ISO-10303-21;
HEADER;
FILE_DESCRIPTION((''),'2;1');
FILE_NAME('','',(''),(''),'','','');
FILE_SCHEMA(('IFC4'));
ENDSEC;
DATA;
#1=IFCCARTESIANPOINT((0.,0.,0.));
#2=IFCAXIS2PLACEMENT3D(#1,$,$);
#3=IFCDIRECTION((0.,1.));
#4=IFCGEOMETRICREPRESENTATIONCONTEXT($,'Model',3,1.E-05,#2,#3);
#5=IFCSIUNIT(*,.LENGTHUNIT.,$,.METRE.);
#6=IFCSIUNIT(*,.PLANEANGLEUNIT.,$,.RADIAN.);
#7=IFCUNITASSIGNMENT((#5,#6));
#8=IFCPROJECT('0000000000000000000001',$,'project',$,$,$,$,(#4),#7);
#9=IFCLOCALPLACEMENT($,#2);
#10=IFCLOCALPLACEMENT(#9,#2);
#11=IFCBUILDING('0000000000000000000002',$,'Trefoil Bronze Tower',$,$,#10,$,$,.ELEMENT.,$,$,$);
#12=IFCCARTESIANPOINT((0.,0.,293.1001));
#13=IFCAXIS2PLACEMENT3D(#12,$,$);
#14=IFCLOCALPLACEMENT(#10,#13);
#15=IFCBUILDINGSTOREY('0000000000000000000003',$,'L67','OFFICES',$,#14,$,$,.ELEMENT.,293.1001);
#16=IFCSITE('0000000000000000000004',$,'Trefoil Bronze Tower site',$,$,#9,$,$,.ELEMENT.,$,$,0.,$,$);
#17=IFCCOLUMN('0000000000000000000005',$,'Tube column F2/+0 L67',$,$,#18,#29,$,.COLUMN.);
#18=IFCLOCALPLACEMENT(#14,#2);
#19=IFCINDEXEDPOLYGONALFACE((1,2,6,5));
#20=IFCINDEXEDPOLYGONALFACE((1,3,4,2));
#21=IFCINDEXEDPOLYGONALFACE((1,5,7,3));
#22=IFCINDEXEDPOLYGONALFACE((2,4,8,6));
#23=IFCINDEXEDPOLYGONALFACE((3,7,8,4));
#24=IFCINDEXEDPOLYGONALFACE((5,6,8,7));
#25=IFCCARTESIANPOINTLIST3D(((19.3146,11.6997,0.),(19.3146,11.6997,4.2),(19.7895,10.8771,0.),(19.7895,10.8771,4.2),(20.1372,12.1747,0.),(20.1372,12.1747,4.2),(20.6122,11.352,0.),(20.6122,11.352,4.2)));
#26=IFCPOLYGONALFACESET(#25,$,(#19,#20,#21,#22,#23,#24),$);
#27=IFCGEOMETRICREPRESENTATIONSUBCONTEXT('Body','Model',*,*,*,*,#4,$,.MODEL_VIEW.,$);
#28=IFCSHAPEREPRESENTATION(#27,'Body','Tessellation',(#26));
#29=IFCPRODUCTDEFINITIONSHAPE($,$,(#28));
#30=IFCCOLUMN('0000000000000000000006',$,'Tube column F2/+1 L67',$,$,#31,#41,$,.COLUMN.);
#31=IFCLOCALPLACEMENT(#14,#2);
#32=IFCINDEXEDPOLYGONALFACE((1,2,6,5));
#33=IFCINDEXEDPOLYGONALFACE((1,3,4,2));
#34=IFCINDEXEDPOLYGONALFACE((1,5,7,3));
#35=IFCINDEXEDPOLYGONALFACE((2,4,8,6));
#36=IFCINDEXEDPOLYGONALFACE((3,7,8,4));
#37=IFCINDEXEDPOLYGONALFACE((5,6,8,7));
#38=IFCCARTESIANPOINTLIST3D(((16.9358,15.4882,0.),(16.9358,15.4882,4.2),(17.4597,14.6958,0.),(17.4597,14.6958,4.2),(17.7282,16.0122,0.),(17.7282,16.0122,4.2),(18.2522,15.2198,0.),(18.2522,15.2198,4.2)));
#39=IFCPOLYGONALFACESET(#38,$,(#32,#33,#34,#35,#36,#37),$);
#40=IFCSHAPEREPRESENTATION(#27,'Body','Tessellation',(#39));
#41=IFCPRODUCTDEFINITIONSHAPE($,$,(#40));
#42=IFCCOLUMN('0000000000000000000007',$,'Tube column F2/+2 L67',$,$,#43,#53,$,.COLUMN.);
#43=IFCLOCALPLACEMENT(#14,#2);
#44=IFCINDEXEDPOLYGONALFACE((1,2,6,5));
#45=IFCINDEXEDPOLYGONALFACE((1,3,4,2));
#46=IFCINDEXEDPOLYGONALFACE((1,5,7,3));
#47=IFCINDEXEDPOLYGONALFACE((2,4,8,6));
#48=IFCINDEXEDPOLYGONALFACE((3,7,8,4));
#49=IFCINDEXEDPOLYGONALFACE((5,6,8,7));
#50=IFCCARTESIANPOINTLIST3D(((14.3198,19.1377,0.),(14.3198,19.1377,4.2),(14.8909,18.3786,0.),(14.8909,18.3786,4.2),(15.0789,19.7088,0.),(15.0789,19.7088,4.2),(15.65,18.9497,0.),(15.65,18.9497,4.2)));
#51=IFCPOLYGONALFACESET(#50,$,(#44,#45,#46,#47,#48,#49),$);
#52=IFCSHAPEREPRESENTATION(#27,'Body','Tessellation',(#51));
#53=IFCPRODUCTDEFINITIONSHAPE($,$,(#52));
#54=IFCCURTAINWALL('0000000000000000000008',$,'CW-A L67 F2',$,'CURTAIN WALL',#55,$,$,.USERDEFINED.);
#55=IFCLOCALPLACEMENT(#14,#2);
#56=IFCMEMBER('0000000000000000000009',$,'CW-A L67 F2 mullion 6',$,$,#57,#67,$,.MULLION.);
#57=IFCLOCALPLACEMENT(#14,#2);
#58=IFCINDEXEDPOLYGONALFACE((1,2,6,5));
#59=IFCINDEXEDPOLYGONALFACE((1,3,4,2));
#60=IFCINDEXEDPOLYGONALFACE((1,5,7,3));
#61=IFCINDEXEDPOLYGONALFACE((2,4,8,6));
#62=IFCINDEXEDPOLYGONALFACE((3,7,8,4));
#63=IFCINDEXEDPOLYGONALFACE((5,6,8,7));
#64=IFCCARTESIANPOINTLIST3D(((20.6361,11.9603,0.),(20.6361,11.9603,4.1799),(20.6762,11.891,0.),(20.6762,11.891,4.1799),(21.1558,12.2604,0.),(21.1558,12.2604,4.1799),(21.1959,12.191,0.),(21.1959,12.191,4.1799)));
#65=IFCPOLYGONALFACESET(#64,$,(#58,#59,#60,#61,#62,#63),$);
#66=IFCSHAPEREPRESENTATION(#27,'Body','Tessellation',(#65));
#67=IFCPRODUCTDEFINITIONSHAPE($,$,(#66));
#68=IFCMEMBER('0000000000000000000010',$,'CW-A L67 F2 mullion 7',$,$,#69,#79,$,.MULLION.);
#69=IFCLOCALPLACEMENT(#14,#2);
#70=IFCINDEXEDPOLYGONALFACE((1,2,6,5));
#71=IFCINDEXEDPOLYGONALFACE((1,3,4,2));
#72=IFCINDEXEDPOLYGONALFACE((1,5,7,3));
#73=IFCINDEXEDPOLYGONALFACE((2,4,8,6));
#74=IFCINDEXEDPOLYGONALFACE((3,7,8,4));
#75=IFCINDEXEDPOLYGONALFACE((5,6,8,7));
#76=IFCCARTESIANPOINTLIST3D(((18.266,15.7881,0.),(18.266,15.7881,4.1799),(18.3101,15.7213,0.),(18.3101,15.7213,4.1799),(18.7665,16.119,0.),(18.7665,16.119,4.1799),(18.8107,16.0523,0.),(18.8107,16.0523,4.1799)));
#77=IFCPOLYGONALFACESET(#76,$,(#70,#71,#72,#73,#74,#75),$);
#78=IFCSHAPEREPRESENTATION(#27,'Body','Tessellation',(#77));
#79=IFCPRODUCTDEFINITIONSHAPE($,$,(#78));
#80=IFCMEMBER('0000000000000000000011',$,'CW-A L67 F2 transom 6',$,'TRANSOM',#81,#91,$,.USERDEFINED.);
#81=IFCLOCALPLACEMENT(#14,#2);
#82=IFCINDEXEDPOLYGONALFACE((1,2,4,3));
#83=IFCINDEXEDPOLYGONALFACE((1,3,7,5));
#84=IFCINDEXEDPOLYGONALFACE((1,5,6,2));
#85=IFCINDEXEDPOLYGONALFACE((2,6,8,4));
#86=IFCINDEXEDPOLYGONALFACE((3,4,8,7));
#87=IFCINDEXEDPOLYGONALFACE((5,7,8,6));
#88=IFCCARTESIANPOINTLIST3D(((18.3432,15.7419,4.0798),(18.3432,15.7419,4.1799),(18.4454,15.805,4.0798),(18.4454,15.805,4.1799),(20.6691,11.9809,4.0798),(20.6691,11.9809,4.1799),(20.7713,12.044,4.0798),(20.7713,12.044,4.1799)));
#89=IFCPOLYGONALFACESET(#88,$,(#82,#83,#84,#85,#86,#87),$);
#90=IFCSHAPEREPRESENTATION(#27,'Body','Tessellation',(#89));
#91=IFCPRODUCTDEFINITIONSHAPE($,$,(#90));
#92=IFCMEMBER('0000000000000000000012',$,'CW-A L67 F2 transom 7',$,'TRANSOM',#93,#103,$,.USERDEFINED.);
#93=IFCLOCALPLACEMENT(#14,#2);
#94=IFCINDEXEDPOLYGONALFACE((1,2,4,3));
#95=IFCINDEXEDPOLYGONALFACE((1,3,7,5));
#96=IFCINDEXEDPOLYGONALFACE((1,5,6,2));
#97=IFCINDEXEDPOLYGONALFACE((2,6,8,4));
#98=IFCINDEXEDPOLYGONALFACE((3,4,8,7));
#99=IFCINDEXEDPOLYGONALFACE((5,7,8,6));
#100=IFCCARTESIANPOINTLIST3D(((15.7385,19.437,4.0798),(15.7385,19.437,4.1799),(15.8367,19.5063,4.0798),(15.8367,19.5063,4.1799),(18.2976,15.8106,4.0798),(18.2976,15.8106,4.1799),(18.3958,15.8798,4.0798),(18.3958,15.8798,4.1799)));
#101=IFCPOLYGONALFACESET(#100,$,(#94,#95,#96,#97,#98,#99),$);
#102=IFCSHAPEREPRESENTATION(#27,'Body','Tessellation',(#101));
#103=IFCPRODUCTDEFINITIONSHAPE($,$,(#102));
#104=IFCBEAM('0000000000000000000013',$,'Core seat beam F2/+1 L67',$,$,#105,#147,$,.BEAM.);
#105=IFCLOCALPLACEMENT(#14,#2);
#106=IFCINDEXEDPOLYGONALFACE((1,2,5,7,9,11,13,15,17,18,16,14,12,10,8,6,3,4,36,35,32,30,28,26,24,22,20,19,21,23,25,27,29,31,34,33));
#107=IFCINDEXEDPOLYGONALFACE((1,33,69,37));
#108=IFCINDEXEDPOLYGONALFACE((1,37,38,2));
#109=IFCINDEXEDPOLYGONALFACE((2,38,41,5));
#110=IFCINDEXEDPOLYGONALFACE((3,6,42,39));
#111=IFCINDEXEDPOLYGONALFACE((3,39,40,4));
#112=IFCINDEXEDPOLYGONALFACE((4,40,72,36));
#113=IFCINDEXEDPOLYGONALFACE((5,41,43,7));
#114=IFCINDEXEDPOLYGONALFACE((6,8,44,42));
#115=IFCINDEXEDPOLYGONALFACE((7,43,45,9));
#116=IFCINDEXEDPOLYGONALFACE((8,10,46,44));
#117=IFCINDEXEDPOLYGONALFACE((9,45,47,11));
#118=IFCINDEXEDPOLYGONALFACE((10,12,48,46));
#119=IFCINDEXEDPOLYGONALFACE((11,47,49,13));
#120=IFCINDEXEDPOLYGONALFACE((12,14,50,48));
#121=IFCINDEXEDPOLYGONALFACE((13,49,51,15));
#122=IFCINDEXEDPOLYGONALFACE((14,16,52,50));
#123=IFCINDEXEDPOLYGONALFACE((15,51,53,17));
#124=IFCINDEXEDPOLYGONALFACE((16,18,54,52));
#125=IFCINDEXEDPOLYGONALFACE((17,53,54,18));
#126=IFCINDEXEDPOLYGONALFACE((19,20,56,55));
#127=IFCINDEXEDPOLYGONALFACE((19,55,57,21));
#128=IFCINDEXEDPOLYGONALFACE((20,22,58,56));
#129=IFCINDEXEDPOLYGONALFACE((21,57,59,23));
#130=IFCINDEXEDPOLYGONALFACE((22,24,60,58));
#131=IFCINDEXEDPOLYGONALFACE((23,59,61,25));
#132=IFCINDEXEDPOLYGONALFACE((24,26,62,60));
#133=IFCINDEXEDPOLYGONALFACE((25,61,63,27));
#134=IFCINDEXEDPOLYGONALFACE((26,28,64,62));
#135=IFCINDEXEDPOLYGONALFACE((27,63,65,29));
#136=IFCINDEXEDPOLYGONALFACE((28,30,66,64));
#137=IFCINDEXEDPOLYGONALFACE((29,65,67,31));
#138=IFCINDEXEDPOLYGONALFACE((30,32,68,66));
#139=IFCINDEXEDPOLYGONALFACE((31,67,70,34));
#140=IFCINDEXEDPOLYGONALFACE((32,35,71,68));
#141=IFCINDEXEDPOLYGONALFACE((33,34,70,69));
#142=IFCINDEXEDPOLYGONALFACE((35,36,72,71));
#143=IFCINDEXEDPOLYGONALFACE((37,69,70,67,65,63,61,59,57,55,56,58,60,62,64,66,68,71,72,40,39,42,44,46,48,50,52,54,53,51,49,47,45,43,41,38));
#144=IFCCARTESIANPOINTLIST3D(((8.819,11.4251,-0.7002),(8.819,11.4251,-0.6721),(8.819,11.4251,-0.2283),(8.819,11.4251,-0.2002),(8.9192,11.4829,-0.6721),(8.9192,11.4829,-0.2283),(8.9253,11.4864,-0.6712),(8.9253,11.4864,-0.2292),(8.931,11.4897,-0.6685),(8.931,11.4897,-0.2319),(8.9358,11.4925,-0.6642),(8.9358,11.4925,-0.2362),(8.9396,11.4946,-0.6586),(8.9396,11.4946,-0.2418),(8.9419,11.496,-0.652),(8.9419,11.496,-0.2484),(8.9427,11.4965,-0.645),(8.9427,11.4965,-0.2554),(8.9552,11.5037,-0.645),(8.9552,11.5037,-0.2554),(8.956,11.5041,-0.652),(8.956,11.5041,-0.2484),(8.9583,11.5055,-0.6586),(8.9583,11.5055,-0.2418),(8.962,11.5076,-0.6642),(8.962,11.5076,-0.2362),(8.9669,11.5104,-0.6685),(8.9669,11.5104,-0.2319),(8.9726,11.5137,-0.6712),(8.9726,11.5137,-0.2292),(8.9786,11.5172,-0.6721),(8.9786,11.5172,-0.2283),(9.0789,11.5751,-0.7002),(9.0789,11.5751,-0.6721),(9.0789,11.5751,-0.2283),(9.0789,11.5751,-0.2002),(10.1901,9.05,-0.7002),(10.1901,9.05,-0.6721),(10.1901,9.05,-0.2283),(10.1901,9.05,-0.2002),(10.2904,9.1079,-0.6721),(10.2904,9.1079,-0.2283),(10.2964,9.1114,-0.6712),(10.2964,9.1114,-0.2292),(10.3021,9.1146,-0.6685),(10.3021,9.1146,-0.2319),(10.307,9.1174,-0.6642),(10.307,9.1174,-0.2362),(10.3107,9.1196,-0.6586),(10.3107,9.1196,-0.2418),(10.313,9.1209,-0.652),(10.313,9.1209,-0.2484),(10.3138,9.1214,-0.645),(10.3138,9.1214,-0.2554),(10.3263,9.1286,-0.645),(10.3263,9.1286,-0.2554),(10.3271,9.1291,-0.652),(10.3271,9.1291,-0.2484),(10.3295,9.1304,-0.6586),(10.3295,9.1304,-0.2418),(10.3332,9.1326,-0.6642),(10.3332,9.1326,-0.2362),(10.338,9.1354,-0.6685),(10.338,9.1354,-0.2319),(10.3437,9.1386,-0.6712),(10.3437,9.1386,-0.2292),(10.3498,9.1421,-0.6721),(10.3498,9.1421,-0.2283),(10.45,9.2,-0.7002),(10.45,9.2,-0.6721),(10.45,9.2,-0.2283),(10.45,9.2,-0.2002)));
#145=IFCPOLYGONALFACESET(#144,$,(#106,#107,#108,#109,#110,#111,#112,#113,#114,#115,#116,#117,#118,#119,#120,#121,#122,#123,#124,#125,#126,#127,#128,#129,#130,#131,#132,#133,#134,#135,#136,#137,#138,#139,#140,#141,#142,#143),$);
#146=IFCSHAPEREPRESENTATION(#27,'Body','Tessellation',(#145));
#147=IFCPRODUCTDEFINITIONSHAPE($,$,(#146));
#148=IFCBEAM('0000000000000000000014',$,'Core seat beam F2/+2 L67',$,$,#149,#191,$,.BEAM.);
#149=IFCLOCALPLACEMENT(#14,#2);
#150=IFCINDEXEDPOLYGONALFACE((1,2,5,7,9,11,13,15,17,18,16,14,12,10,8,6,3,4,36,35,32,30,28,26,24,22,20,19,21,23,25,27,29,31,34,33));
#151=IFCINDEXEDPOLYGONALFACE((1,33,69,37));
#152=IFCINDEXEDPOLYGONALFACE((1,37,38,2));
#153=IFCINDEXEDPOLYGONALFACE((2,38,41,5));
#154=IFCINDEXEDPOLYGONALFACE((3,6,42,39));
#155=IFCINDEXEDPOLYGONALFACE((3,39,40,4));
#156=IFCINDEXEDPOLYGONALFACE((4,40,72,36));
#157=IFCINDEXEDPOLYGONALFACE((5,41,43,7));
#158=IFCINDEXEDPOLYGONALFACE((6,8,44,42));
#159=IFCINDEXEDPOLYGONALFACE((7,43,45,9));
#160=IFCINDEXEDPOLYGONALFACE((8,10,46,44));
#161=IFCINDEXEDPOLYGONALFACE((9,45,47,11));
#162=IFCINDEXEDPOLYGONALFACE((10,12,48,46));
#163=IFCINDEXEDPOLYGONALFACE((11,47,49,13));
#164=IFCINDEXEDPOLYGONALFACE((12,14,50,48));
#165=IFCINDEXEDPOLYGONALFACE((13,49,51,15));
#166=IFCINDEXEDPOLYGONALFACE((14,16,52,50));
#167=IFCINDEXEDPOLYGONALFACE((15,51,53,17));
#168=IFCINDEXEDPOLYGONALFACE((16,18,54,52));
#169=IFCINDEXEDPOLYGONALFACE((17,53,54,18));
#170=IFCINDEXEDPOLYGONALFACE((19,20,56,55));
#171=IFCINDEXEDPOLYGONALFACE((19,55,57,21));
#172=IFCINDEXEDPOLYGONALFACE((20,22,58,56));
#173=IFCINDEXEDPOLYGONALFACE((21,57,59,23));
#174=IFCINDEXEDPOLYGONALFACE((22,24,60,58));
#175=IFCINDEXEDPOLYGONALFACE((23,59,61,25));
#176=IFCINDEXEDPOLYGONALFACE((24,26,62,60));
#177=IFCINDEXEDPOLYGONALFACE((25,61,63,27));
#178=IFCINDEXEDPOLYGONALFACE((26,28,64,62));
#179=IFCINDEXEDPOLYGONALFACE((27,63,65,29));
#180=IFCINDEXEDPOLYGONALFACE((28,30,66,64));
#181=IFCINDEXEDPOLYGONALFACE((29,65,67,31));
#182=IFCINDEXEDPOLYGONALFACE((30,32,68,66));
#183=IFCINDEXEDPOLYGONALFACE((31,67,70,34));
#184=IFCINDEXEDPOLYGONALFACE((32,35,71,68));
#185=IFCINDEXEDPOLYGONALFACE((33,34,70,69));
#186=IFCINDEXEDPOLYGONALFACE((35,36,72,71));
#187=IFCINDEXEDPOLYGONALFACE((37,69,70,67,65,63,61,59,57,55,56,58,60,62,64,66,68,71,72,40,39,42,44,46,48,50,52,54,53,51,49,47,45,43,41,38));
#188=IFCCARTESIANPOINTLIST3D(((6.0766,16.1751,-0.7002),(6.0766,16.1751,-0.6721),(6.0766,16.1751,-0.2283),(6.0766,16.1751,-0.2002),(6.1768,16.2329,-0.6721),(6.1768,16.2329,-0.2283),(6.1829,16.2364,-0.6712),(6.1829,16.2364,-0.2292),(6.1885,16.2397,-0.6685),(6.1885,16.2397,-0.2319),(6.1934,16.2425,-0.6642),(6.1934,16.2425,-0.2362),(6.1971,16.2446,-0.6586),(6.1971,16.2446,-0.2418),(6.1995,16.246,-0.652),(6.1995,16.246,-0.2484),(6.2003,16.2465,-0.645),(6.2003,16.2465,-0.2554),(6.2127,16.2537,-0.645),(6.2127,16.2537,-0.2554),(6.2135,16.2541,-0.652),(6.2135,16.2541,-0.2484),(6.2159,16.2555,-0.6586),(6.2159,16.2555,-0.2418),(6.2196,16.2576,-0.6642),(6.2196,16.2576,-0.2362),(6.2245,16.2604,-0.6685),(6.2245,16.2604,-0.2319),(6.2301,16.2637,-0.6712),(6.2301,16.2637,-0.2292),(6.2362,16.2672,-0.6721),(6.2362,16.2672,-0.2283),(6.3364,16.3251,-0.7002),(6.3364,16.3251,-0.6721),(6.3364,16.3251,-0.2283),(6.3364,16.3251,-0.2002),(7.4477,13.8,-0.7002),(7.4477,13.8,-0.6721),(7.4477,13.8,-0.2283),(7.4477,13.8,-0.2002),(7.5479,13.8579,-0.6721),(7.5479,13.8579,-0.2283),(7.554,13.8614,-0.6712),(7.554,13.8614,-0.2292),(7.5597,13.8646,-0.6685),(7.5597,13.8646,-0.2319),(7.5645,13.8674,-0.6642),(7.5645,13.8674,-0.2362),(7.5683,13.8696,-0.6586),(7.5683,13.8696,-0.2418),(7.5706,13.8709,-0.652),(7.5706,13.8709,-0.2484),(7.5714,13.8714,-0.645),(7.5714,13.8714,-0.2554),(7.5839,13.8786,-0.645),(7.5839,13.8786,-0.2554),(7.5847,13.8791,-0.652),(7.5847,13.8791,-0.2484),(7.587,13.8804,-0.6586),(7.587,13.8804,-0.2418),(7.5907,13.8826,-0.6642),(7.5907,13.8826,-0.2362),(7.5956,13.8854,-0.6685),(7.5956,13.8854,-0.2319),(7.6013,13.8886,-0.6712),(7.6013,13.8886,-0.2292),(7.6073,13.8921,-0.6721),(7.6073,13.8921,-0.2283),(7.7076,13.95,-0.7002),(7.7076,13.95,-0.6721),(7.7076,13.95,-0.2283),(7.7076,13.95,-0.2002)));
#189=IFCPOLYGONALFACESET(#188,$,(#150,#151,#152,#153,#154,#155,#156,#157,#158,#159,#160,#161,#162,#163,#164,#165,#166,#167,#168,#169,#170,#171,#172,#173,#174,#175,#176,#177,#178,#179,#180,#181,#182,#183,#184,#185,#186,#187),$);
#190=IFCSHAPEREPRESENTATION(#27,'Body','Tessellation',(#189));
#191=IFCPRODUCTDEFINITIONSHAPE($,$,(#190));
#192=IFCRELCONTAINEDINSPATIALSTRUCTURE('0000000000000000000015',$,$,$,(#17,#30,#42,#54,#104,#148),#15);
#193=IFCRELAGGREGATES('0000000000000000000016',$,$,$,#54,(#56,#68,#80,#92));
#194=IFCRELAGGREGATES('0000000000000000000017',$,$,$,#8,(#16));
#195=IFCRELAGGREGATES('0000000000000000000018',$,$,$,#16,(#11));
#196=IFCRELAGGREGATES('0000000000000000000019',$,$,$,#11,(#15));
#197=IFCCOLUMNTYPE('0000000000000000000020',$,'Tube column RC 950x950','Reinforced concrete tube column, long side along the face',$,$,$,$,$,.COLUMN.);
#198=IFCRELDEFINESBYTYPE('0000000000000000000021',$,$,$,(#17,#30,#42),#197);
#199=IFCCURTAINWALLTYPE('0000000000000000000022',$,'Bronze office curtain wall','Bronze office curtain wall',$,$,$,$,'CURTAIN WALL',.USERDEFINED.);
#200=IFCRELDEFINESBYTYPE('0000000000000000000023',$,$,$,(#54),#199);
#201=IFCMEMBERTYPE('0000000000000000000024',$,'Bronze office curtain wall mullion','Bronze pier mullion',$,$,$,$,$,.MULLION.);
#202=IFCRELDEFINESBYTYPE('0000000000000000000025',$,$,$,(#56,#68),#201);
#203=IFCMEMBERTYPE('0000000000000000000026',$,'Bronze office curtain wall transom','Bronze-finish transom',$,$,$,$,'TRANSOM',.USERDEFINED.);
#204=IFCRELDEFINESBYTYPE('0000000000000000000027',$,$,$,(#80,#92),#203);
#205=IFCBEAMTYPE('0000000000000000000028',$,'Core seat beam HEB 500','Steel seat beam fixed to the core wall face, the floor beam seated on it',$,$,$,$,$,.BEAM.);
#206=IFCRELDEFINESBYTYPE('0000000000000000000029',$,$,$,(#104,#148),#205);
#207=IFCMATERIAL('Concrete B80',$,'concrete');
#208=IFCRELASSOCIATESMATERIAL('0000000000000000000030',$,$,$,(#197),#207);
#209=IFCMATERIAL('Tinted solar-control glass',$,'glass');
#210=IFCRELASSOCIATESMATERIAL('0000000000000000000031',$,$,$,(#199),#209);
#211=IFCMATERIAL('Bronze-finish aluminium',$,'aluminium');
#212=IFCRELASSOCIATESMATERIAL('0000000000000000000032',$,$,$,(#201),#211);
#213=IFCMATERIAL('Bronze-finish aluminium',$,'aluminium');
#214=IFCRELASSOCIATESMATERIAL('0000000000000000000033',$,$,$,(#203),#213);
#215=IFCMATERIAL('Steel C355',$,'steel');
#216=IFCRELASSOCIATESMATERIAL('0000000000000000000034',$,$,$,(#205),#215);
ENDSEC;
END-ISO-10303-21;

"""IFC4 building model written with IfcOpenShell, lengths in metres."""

from ifc_helpers import new_model, si_unit, direction, frame, origin, origin_2d, place, context, subcontext, project, spatial, rectangle, i_section, extrude, material, material_profile, profile_set, type_object, element, aggregate, save


model = new_model("IFC4")

# Units and contexts
model_context = context("Model", 3, precision=1e-05, world=origin(), true_north=direction((0.0, 1.0)))
body_context = subcontext(model_context, "Body", "Model", "MODEL_VIEW")
ifc_project = project(units=[si_unit("LENGTHUNIT", "METRE"), si_unit("PLANEANGLEUNIT", "RADIAN")], contexts=[model_context])

# Site, building, storey
site_placement = place(None, origin())
site = spatial("IfcSite", under=ifc_project, at=site_placement, Name="Trefoil Bronze Tower site", CompositionType="ELEMENT", RefElevation=0.0)
building_placement = place(site_placement, origin())
building = spatial("IfcBuilding", under=site, at=building_placement, Name="Trefoil Bronze Tower", CompositionType="ELEMENT")
storey_placement = place(building_placement, frame((0.0, 0.0, 293.1001)))
storey = spatial("IfcBuildingStorey", under=building, at=storey_placement, Name="L67", Description="OFFICES", CompositionType="ELEMENT", Elevation=293.1001)

# Columns
ifc_material_1 = material(Name="Concrete B80", Category="concrete")
ifc_material_profile_1 = material_profile(ifc_material_1, rectangle(XDim=0.95, YDim=0.95, at=origin_2d()), Name="RC 950x950")
ifc_profile_set_1 = profile_set([ifc_material_profile_1], Name="Concrete B80")
column_type = type_object("IfcColumnType", Name="Tube column RC 950x950", Description="Reinforced concrete tube column, long side along the face", PredefinedType="COLUMN", material=ifc_profile_set_1)
for number, where, z_axis, x_axis, name in (
    (1, (19.9634, 11.5259, 0.0), (0.0, 0.0, 1.0), (-0.5, 0.866025, 0.0), "Tube column F2/+0 L67"),
    (2, (17.594, 15.354, 0.0), (0.0, 0.0, 1.0), (-0.551524, 0.834159, 0.0), "Tube column F2/+1 L67"),
    (3, (14.9849, 19.0437, 0.0), (0.0, 0.0, 1.0), (-0.601203, 0.799096, 0.0), "Tube column F2/+2 L67"),
):
    element("IfcColumn", number, at=place(storey_placement, frame(where, z_axis=z_axis, x_axis=x_axis)), inside=storey, type_object=column_type, Name=name, PredefinedType="COLUMN", context=body_context, shape_type="SweptSolid", body=[
        extrude(rectangle(XDim=0.95, YDim=0.95, at=origin_2d()), origin(), (0.0, 0.0, 1.0), 4.2),
    ])

# Curtain wall, members
ifc_material_2 = material(Name="Tinted solar-control glass", Category="glass")
curtain_wall_type = type_object("IfcCurtainWallType", Name="Bronze office curtain wall", Description="Bronze office curtain wall", ElementType="CURTAIN WALL", PredefinedType="USERDEFINED", material=ifc_material_2)
curtain_wall_placement = place(storey_placement, origin())
curtain_wall = element("IfcCurtainWall", 4, at=curtain_wall_placement, inside=storey, type_object=curtain_wall_type, Name="CW-A L67 F2", ObjectType="CURTAIN WALL", PredefinedType="USERDEFINED")
ifc_material_3 = material(Name="Bronze-finish aluminium", Category="aluminium")
ifc_material_profile_2 = material_profile(ifc_material_3, rectangle(XDim=0.6001, YDim=0.0801, at=origin_2d()), Name="CW-A mullion")
ifc_profile_set_2 = profile_set([ifc_material_profile_2], Name="Bronze-finish aluminium")
member_type_1 = type_object("IfcMemberType", Name="Bronze office curtain wall mullion", Description="Bronze pier mullion", PredefinedType="MULLION", material=ifc_profile_set_2)
member_1_placement = place(storey_placement, frame((20.916, 12.0757, 0.0), z_axis=(0.0, 0.0, 1.0), x_axis=(-0.866025, -0.5, 0.0)))
member_1 = element("IfcMember", 5, at=member_1_placement, type_object=member_type_1, Name="CW-A L67 F2 mullion 6", PredefinedType="MULLION", context=body_context, shape_type="SweptSolid", body=[
    extrude(rectangle(XDim=0.6001, YDim=0.0801, at=origin_2d()), origin(), (0.0, 0.0, 1.0), 4.1799),
])
member_2_placement = place(storey_placement, frame((18.5383, 15.9202, 0.0), z_axis=(0.0, 0.0, 1.0), x_axis=(-0.834159, -0.551524, 0.0)))
member_2 = element("IfcMember", 6, at=member_2_placement, type_object=member_type_1, Name="CW-A L67 F2 mullion 7", PredefinedType="MULLION", context=body_context, shape_type="SweptSolid", body=[
    extrude(rectangle(XDim=0.6001, YDim=0.0801, at=origin_2d()), origin(), (0.0, 0.0, 1.0), 4.1799),
])
ifc_material_4 = material(Name="Bronze-finish aluminium", Category="aluminium")
ifc_material_profile_3 = material_profile(ifc_material_4, rectangle(XDim=0.1201, YDim=0.1001, at=origin_2d()), Name="CW-A transom")
ifc_profile_set_3 = profile_set([ifc_material_profile_3], Name="Bronze-finish aluminium")
member_type_2 = type_object("IfcMemberType", Name="Bronze office curtain wall transom", Description="Bronze-finish transom", ElementType="TRANSOM", PredefinedType="USERDEFINED", material=ifc_profile_set_3)
member_3_placement = place(storey_placement, frame((20.7202, 12.0125, 4.1299), z_axis=(-0.525978, 0.850498, 0.0), x_axis=(-0.850498, -0.525978, 0.0)))
member_3 = element("IfcMember", 7, at=member_3_placement, type_object=member_type_2, Name="CW-A L67 F2 transom 6", ObjectType="TRANSOM", PredefinedType="USERDEFINED", context=body_context, shape_type="SweptSolid", body=[
    extrude(rectangle(XDim=0.1201, YDim=0.1001, at=origin_2d()), origin(), (0.0, 0.0, 1.0), 4.4221),
])
member_4_placement = place(storey_placement, frame((18.3467, 15.8452, 4.1299), z_axis=(-0.576567, 0.81705, 0.0), x_axis=(-0.81705, -0.576567, 0.0)))
member_4 = element("IfcMember", 8, at=member_4_placement, type_object=member_type_2, Name="CW-A L67 F2 transom 7", ObjectType="TRANSOM", PredefinedType="USERDEFINED", context=body_context, shape_type="SweptSolid", body=[
    extrude(rectangle(XDim=0.1201, YDim=0.1001, at=origin_2d()), origin(), (0.0, 0.0, 1.0), 4.4385),
])

# Beams
ifc_material_5 = material(Name="Steel C355", Category="steel")
ifc_material_profile_4 = material_profile(ifc_material_5, i_section(OverallWidth=0.3, OverallDepth=0.5, WebThickness=0.0144, FlangeThickness=0.0281, FilletRadius=0.0271, at=origin_2d()), Name="HEB 500")
ifc_profile_set_4 = profile_set([ifc_material_profile_4], Name="Steel C355")
beam_type_1 = type_object("IfcBeamType", Name="Core seat beam HEB 500", Description="Steel seat beam fixed to the core wall face, the floor beam seated on it", PredefinedType="BEAM", material=ifc_profile_set_4)
for number, where, z_axis, x_axis, name in (
    (9, (10.3201, 9.125, -0.4502), (-0.499969, 0.866043, 0.0), (-0.866043, -0.499969, 0.0), "Core seat beam F2/+1 L67"),
    (10, (7.5776, 13.875, -0.4502), (-0.499969, 0.866043, 0.0), (-0.866043, -0.499969, 0.0), "Core seat beam F2/+2 L67"),
):
    element("IfcBeam", number, at=place(storey_placement, frame(where, z_axis=z_axis, x_axis=x_axis)), inside=storey, type_object=beam_type_1, Name=name, PredefinedType="BEAM", context=body_context, shape_type="SweptSolid", body=[
        extrude(i_section(OverallWidth=0.3, OverallDepth=0.5, WebThickness=0.0144, FlangeThickness=0.0281, FilletRadius=0.0271, at=origin_2d()), origin(), (0.0, 0.0, 1.0), 2.7424),
    ])

aggregate(curtain_wall, [member_1, member_2, member_3, member_4])

save(model, "model.ifc")
